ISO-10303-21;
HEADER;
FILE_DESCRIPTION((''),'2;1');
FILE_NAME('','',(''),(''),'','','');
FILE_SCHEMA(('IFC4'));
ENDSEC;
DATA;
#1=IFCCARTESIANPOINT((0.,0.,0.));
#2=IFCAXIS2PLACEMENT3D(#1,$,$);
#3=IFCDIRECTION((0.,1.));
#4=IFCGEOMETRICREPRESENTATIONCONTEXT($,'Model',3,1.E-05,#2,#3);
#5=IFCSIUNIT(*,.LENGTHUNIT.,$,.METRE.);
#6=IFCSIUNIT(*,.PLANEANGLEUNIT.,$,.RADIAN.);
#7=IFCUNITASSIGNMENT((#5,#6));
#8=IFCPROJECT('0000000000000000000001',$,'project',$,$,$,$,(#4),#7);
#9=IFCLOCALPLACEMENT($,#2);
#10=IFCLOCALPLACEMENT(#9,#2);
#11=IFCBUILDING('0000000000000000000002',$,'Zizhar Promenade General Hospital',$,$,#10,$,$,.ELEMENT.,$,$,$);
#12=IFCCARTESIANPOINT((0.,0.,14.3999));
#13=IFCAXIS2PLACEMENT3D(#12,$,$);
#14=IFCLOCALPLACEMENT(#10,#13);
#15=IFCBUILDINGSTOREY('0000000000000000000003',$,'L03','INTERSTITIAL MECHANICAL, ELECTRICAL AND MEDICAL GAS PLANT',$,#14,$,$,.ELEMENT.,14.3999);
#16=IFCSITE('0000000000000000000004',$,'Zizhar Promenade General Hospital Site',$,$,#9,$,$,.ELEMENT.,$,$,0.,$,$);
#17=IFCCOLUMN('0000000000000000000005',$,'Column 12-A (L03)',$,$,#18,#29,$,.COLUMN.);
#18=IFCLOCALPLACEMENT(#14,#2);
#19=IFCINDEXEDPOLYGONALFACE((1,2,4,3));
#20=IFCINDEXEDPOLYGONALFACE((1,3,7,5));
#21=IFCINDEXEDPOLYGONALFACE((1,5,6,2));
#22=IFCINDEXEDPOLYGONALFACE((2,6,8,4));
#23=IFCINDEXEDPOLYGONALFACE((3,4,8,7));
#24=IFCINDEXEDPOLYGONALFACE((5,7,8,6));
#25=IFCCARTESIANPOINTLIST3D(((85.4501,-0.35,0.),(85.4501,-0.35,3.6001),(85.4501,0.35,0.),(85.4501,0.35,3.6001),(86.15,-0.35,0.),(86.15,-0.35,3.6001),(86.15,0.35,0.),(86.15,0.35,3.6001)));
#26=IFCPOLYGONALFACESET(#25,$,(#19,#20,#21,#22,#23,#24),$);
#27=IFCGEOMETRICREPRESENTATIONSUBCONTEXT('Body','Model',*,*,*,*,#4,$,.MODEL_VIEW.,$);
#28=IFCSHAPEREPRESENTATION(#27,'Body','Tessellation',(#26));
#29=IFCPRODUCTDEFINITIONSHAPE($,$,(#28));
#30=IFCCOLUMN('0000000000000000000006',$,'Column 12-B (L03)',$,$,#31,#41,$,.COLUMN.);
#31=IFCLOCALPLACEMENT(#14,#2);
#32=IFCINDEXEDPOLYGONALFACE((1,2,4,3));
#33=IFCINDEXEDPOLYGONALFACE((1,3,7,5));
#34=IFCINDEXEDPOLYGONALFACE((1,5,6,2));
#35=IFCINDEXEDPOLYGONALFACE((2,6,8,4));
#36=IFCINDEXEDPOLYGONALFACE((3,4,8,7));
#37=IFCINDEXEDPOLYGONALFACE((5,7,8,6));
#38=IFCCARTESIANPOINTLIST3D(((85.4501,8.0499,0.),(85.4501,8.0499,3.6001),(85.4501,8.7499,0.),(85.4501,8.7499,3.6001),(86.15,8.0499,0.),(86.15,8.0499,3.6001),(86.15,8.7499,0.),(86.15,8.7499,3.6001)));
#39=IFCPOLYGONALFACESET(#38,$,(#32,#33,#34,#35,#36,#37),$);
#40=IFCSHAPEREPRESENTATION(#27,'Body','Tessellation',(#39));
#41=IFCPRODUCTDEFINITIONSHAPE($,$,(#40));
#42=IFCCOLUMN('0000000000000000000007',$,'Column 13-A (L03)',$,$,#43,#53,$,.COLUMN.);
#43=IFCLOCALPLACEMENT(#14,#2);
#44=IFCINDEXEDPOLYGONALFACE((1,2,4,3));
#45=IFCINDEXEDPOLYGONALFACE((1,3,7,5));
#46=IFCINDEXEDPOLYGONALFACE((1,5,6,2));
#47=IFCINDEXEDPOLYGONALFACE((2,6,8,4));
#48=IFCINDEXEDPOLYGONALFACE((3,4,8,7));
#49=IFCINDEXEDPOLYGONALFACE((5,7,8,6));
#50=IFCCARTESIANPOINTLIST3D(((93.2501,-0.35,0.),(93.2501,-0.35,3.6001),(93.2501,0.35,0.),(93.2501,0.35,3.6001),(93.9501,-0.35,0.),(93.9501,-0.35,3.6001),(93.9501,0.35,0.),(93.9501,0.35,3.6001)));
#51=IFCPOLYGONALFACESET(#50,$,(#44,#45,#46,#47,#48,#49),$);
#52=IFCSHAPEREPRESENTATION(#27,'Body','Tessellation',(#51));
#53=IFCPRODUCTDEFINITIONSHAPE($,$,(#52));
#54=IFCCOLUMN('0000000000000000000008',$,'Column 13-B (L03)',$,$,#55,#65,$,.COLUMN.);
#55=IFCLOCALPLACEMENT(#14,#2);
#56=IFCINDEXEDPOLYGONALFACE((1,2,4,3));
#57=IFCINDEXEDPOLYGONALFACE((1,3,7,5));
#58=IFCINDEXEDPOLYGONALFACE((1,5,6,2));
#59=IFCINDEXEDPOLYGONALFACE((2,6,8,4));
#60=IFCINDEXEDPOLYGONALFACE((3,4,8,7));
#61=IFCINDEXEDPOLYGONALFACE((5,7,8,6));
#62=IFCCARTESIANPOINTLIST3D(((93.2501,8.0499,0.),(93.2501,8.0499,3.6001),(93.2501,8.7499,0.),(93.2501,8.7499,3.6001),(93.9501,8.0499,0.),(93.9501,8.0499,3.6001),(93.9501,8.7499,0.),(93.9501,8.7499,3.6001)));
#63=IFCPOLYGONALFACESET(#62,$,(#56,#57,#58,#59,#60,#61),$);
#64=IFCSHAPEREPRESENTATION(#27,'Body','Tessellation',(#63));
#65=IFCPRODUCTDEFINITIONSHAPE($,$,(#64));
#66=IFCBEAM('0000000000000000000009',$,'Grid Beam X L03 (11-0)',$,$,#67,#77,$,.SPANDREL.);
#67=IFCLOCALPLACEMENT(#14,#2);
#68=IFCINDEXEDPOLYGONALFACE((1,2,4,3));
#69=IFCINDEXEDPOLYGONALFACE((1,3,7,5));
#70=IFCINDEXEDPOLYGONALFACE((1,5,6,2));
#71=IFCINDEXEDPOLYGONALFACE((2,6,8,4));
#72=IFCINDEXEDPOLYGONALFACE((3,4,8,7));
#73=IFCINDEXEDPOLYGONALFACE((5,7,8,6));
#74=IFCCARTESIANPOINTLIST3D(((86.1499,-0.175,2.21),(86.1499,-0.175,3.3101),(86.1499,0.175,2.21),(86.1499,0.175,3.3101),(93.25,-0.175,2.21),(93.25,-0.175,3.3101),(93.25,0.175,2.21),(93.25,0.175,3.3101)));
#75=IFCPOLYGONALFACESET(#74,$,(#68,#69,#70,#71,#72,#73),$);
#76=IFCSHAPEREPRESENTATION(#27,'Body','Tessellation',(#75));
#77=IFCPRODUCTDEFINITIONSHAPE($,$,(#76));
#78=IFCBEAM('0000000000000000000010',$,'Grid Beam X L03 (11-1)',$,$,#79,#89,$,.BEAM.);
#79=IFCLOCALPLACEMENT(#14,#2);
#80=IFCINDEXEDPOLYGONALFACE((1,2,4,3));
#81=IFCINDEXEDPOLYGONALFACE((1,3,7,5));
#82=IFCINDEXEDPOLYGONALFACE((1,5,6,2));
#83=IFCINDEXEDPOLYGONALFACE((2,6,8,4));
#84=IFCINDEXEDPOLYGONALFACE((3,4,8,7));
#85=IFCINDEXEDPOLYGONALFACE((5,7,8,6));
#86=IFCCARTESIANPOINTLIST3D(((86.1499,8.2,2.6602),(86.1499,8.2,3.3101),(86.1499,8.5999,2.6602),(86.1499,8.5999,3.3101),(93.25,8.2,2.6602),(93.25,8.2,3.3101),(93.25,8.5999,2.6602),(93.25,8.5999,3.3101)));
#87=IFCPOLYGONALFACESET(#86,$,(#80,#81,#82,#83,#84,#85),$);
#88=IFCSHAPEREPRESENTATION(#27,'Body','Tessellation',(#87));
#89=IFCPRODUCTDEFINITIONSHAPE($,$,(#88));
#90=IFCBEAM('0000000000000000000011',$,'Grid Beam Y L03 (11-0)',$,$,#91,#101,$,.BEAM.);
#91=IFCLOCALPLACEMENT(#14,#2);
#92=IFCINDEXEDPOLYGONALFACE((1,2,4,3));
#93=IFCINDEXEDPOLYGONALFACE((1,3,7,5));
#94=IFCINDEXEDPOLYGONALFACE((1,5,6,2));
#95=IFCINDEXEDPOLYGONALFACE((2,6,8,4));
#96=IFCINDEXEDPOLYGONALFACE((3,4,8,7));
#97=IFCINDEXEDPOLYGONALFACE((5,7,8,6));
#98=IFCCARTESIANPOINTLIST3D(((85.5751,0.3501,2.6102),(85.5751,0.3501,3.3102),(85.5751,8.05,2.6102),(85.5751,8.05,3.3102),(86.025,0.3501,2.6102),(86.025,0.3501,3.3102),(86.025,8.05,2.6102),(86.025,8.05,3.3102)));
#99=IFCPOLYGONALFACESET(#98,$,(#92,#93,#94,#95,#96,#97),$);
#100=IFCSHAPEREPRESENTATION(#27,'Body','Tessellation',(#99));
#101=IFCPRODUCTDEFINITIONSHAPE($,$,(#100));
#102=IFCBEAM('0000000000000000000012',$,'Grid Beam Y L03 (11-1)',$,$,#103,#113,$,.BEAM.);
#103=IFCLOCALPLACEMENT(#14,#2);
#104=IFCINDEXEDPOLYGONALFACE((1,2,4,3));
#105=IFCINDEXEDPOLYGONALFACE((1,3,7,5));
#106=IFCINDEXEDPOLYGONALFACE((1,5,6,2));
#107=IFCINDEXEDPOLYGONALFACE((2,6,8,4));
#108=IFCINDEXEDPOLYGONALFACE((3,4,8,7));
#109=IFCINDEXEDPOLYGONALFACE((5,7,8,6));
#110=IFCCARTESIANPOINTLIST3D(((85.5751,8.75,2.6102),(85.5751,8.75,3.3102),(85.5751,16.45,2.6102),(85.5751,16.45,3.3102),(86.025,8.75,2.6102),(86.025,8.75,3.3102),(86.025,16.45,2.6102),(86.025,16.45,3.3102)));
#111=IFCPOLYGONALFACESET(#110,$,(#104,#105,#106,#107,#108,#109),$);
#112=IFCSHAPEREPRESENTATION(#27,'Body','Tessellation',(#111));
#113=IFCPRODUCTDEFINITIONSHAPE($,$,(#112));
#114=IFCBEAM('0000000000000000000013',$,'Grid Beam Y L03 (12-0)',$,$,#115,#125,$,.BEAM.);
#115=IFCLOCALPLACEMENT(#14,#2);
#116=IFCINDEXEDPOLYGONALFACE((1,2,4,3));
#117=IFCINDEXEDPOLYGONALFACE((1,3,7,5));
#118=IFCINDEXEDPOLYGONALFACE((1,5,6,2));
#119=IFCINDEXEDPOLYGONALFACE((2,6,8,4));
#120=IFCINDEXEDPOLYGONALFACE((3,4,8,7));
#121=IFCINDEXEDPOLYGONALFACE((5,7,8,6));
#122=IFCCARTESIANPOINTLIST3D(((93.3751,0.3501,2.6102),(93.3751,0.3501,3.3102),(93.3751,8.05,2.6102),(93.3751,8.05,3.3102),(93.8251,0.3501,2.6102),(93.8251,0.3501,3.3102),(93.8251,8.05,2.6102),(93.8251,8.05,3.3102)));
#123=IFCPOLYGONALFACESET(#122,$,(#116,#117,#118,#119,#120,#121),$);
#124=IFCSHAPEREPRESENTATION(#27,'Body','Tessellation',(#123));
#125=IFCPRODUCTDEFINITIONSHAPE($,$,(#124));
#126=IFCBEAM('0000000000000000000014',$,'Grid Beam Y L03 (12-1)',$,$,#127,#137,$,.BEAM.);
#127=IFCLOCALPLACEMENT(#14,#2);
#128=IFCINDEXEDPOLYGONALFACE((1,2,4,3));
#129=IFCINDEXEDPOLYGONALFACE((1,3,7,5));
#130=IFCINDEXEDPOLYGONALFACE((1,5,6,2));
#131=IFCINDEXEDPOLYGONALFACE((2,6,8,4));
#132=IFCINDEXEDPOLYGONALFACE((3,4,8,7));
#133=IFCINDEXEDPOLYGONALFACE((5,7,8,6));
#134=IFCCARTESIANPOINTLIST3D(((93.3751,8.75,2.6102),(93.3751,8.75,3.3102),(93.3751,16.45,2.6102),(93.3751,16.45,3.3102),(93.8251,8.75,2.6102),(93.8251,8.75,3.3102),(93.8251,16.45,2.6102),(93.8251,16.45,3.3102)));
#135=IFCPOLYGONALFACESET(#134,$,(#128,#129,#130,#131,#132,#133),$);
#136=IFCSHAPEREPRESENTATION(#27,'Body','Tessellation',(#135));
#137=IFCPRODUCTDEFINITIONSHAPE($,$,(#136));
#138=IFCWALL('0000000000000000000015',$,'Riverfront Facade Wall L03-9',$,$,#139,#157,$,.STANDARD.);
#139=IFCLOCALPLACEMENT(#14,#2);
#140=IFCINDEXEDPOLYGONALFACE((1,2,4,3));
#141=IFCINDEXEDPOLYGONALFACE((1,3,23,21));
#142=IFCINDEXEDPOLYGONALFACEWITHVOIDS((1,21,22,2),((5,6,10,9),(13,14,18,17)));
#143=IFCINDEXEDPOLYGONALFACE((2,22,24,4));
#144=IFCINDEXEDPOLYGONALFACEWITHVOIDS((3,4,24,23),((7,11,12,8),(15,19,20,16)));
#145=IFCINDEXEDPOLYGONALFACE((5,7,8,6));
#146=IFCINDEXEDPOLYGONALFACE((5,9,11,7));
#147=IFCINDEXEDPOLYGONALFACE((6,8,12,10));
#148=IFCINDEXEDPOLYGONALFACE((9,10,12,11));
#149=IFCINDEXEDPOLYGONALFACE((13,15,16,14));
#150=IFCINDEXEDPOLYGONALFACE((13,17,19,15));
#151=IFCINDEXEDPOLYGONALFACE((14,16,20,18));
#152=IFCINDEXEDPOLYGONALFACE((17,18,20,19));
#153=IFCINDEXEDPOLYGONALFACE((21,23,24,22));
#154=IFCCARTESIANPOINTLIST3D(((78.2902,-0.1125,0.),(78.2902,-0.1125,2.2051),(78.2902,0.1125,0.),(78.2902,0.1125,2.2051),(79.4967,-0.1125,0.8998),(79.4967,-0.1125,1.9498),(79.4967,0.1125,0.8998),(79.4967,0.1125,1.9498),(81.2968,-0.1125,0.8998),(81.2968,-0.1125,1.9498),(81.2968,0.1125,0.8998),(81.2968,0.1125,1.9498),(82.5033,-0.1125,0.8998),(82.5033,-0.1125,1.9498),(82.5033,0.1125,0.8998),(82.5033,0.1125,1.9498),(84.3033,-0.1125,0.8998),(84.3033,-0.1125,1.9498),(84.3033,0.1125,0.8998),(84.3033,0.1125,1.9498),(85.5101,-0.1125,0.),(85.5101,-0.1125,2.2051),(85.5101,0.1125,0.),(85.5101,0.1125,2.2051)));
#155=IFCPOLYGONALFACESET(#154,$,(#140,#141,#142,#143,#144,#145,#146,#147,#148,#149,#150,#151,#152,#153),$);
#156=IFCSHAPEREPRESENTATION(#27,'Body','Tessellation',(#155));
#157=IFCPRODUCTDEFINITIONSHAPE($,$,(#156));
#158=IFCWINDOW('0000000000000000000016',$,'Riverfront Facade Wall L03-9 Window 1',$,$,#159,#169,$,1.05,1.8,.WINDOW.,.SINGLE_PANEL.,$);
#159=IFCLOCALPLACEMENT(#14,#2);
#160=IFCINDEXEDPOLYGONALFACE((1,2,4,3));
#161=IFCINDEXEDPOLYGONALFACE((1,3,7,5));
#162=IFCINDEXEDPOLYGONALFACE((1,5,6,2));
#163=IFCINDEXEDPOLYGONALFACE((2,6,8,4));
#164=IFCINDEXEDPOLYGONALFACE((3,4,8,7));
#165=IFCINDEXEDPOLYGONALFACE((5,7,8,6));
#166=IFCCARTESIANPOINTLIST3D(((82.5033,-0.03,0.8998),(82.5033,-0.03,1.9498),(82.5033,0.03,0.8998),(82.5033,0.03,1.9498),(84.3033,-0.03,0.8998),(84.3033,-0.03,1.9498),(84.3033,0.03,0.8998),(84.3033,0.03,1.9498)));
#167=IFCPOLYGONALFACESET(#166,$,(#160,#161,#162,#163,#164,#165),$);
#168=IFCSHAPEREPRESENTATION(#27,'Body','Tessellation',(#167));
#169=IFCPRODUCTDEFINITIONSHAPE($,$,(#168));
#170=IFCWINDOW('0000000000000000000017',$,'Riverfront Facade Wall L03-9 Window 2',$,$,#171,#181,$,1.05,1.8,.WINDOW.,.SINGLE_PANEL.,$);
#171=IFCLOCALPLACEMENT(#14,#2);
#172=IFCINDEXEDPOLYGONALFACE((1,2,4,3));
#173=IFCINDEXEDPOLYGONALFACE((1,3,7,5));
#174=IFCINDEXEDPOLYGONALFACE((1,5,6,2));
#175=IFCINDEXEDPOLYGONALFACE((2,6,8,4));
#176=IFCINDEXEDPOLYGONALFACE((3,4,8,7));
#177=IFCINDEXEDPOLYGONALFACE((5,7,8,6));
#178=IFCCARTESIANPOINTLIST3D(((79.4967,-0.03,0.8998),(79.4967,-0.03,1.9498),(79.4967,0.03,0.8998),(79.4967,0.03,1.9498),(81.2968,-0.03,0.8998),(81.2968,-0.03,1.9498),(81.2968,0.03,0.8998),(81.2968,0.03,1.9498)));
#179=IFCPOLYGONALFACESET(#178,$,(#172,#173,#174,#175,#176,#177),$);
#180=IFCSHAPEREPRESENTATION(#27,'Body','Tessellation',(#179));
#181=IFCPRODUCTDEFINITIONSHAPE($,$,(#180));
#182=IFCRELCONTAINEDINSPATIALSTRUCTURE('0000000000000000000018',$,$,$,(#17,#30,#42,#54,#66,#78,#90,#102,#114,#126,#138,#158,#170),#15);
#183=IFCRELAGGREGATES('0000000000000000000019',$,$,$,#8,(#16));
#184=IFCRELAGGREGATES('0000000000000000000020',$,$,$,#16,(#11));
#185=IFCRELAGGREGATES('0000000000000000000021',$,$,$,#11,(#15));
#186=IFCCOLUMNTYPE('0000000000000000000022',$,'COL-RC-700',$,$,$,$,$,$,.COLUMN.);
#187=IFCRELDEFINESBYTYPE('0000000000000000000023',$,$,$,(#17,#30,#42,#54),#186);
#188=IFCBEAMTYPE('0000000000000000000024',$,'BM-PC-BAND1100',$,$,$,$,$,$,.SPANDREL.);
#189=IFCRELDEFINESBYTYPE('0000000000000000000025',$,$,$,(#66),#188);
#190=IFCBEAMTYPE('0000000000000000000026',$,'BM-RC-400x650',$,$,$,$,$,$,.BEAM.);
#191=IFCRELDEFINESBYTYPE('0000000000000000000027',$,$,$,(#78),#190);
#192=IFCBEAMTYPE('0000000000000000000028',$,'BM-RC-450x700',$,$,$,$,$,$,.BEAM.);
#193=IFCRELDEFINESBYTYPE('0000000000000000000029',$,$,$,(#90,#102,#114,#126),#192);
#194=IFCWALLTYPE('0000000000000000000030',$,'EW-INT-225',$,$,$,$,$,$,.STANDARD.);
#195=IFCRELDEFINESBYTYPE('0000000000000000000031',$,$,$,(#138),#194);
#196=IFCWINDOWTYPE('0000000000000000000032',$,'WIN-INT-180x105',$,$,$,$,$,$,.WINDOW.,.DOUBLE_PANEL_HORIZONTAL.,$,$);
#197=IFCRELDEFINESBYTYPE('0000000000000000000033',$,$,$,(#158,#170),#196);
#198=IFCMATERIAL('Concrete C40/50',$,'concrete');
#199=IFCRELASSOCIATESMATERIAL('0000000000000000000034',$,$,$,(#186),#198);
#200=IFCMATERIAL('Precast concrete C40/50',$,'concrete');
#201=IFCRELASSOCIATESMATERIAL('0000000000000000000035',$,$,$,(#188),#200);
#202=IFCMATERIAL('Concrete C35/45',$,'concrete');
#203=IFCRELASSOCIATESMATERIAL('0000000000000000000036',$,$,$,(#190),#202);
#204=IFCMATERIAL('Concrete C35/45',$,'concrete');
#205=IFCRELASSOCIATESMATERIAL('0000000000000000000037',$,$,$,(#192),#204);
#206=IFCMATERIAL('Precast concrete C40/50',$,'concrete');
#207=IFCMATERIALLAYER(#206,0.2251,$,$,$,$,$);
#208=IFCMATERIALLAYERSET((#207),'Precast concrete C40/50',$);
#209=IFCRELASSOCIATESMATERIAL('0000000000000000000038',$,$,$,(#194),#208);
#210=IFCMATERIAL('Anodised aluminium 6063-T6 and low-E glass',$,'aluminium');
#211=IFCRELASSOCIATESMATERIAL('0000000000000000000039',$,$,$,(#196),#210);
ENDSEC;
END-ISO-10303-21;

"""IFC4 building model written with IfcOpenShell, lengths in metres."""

from ifc_helpers import new_model, si_unit, direction, frame, frame_2d, origin, origin_2d, place, context, subcontext, project, spatial, rectangle, extrude, material, layer, layer_set, material_profile, profile_set, type_object, element, fill, save


model = new_model("IFC4")

# Units and contexts
model_context = context("Model", 3, precision=1e-05, world=origin(), true_north=direction((0.0, 1.0)))
body_context = subcontext(model_context, "Body", "Model", "MODEL_VIEW")
ifc_project = project(units=[si_unit("LENGTHUNIT", "METRE"), si_unit("PLANEANGLEUNIT", "RADIAN")], contexts=[model_context])

# Site, building, storey
site_placement = place(None, origin())
site = spatial("IfcSite", under=ifc_project, at=site_placement, Name="Zizhar Promenade General Hospital Site", CompositionType="ELEMENT", RefElevation=0.0)
building_placement = place(site_placement, origin())
building = spatial("IfcBuilding", under=site, at=building_placement, Name="Zizhar Promenade General Hospital", CompositionType="ELEMENT")
storey_placement = place(building_placement, frame((0.0, 0.0, 14.3999)))
storey = spatial("IfcBuildingStorey", under=building, at=storey_placement, Name="L03", Description="INTERSTITIAL MECHANICAL, ELECTRICAL AND MEDICAL GAS PLANT", CompositionType="ELEMENT", Elevation=14.3999)

# Columns
ifc_material_1 = material(Name="Concrete C40/50", Category="concrete")
ifc_material_profile_1 = material_profile(ifc_material_1, rectangle(XDim=0.7, YDim=0.7, at=origin_2d()))
ifc_profile_set_1 = profile_set([ifc_material_profile_1], Name="Concrete C40/50")
column_type = type_object("IfcColumnType", Name="COL-RC-700", PredefinedType="COLUMN", material=ifc_profile_set_1)
for number, where, z_axis, x_axis, name in (
    (1, (85.8, 0.0, 0.0), (0.0, 0.0, 1.0), (1.0, 0.0, 0.0), "Column 12-A (L03)"),
    (2, (85.8, 8.3999, 0.0), (0.0, 0.0, 1.0), (1.0, 0.0, 0.0), "Column 12-B (L03)"),
    (3, (93.6001, 0.0, 0.0), (0.0, 0.0, 1.0), (1.0, 0.0, 0.0), "Column 13-A (L03)"),
    (4, (93.6001, 8.3999, 0.0), (0.0, 0.0, 1.0), (1.0, 0.0, 0.0), "Column 13-B (L03)"),
):
    element("IfcColumn", number, at=place(storey_placement, frame(where, z_axis=z_axis, x_axis=x_axis)), inside=storey, type_object=column_type, Name=name, PredefinedType="COLUMN", context=body_context, shape_type="SweptSolid", body=[
        extrude(rectangle(XDim=0.7, YDim=0.7, at=origin_2d()), origin(), (0.0, 0.0, 1.0), 3.6001),
    ])

# Beams
ifc_material_2 = material(Name="Precast concrete C40/50", Category="concrete")
ifc_material_profile_2 = material_profile(ifc_material_2, rectangle(XDim=0.3501, YDim=1.1001, at=origin_2d()))
ifc_profile_set_2 = profile_set([ifc_material_profile_2], Name="Precast concrete C40/50")
beam_type_1 = type_object("IfcBeamType", Name="BM-PC-BAND1100", PredefinedType="SPANDREL", material=ifc_profile_set_2)
beam_1_placement = place(storey_placement, frame((86.1499, 0.0, 2.76), z_axis=(1.0, 0.0, 0.0), x_axis=(0.0, 1.0, 0.0)))
element("IfcBeam", 5, at=beam_1_placement, inside=storey, type_object=beam_type_1, Name="Grid Beam X L03 (11-0)", PredefinedType="SPANDREL", context=body_context, shape_type="SweptSolid", body=[
    extrude(rectangle(XDim=0.3501, YDim=1.1001, at=origin_2d()), origin(), (0.0, 0.0, 1.0), 7.1001),
])
ifc_material_3 = material(Name="Concrete C35/45", Category="concrete")
ifc_material_profile_3 = material_profile(ifc_material_3, rectangle(XDim=0.3999, YDim=0.6499, at=origin_2d()))
ifc_profile_set_3 = profile_set([ifc_material_profile_3], Name="Concrete C35/45")
beam_type_2 = type_object("IfcBeamType", Name="BM-RC-400x650", PredefinedType="BEAM", material=ifc_profile_set_3)
beam_2_placement = place(storey_placement, frame((86.1499, 8.3999, 2.9851), z_axis=(1.0, 0.0, 0.0), x_axis=(0.0, 1.0, 0.0)))
element("IfcBeam", 6, at=beam_2_placement, inside=storey, type_object=beam_type_2, Name="Grid Beam X L03 (11-1)", PredefinedType="BEAM", context=body_context, shape_type="SweptSolid", body=[
    extrude(rectangle(XDim=0.3999, YDim=0.6499, at=origin_2d()), origin(), (0.0, 0.0, 1.0), 7.1001),
])
ifc_material_4 = material(Name="Concrete C35/45", Category="concrete")
ifc_material_profile_4 = material_profile(ifc_material_4, rectangle(XDim=0.45, YDim=0.7, at=origin_2d()))
ifc_profile_set_4 = profile_set([ifc_material_profile_4], Name="Concrete C35/45")
beam_type_3 = type_object("IfcBeamType", Name="BM-RC-450x700", PredefinedType="BEAM", material=ifc_profile_set_4)
for number, where, z_axis, x_axis, name in (
    (7, (85.8, 0.3501, 2.9602), (0.0, 1.0, 0.0), (-1.0, 0.0, 0.0), "Grid Beam Y L03 (11-0)"),
    (8, (85.8, 8.75, 2.9602), (0.0, 1.0, 0.0), (-1.0, 0.0, 0.0), "Grid Beam Y L03 (11-1)"),
    (9, (93.6001, 0.3501, 2.9602), (0.0, 1.0, 0.0), (-1.0, 0.0, 0.0), "Grid Beam Y L03 (12-0)"),
    (10, (93.6001, 8.75, 2.9602), (0.0, 1.0, 0.0), (-1.0, 0.0, 0.0), "Grid Beam Y L03 (12-1)"),
):
    element("IfcBeam", number, at=place(storey_placement, frame(where, z_axis=z_axis, x_axis=x_axis)), inside=storey, type_object=beam_type_3, Name=name, PredefinedType="BEAM", context=body_context, shape_type="SweptSolid", body=[
        extrude(rectangle(XDim=0.45, YDim=0.7, at=origin_2d()), origin(), (0.0, 0.0, 1.0), 7.7),
    ])

# Wall, openings, windows
ifc_material_5 = material(Name="Precast concrete C40/50", Category="concrete")
ifc_layer_1 = layer(ifc_material_5, 0.2251)
ifc_layer_set_1 = layer_set([ifc_layer_1], Name="Precast concrete C40/50")
wall_type_1 = type_object("IfcWallType", Name="EW-INT-225", PredefinedType="STANDARD", material=ifc_layer_set_1)
wall_1_placement = place(storey_placement, frame((85.51, 0.0, 0.0), z_axis=(0.0, 0.0, 1.0), x_axis=(-1.0, 0.0, 0.0)))
wall_1 = element("IfcWall", 11, at=wall_1_placement, inside=storey, type_object=wall_type_1, Name="Riverfront Facade Wall L03-9", PredefinedType="STANDARD", context=body_context, shape_type="SweptSolid", body=[
    extrude(rectangle(XDim=7.22, YDim=0.2251, at=frame_2d((3.6099, 0.0))), origin(), (0.0, 0.0, 1.0), 2.2051),
])
opening_1_placement = place(wall_1_placement, frame((1.2068, 0.0, 0.8999)))
opening_1 = element("IfcOpeningElement", 12, at=opening_1_placement, cuts=wall_1, PredefinedType="OPENING", context=body_context, shape_type="SweptSolid", body=[
    extrude(rectangle(XDim=1.8, YDim=1.05, at=frame_2d((0.8999, 0.5249))), frame((0.0, 0.1226, 0.0), z_axis=(0.0, -1.0, 0.0), x_axis=(1.0, 0.0, 0.0)), (0.0, 0.0, 1.0), 0.2451),
])
opening_2_placement = place(wall_1_placement, frame((4.2134, 0.0, 0.8999)))
opening_2 = element("IfcOpeningElement", 13, at=opening_2_placement, cuts=wall_1, PredefinedType="OPENING", context=body_context, shape_type="SweptSolid", body=[
    extrude(rectangle(XDim=1.8, YDim=1.05, at=frame_2d((0.8999, 0.5249))), frame((0.0, 0.1226, 0.0), z_axis=(0.0, -1.0, 0.0), x_axis=(1.0, 0.0, 0.0)), (0.0, 0.0, 1.0), 0.2451),
])
ifc_material_6 = material(Name="Anodised aluminium 6063-T6 and low-E glass", Category="aluminium")
window_type = type_object("IfcWindowType", Name="WIN-INT-180x105", PartitioningType="DOUBLE_PANEL_HORIZONTAL", PredefinedType="WINDOW", material=ifc_material_6)
window_1_placement = place(opening_1_placement, origin())
window_1 = element("IfcWindow", 14, at=window_1_placement, inside=storey, type_object=window_type, Name="Riverfront Facade Wall L03-9 Window 1", OverallHeight=1.05, OverallWidth=1.8, PartitioningType="SINGLE_PANEL", PredefinedType="WINDOW", context=body_context, shape_type="SweptSolid", body=[
    extrude(rectangle(XDim=1.8, YDim=1.05, at=frame_2d((0.8999, 0.5249))), frame((0.0, 0.03, 0.0), z_axis=(0.0, -1.0, 0.0), x_axis=(1.0, 0.0, 0.0)), (0.0, 0.0, 1.0), 0.0601),
])
fill(opening_1, window_1)
window_2_placement = place(opening_2_placement, origin())
window_2 = element("IfcWindow", 15, at=window_2_placement, inside=storey, type_object=window_type, Name="Riverfront Facade Wall L03-9 Window 2", OverallHeight=1.05, OverallWidth=1.8, PartitioningType="SINGLE_PANEL", PredefinedType="WINDOW", context=body_context, shape_type="SweptSolid", body=[
    extrude(rectangle(XDim=1.8, YDim=1.05, at=frame_2d((0.8999, 0.5249))), frame((0.0, 0.03, 0.0), z_axis=(0.0, -1.0, 0.0), x_axis=(1.0, 0.0, 0.0)), (0.0, 0.0, 1.0), 0.0601),
])
fill(opening_2, window_2)

save(model, "model.ifc")
